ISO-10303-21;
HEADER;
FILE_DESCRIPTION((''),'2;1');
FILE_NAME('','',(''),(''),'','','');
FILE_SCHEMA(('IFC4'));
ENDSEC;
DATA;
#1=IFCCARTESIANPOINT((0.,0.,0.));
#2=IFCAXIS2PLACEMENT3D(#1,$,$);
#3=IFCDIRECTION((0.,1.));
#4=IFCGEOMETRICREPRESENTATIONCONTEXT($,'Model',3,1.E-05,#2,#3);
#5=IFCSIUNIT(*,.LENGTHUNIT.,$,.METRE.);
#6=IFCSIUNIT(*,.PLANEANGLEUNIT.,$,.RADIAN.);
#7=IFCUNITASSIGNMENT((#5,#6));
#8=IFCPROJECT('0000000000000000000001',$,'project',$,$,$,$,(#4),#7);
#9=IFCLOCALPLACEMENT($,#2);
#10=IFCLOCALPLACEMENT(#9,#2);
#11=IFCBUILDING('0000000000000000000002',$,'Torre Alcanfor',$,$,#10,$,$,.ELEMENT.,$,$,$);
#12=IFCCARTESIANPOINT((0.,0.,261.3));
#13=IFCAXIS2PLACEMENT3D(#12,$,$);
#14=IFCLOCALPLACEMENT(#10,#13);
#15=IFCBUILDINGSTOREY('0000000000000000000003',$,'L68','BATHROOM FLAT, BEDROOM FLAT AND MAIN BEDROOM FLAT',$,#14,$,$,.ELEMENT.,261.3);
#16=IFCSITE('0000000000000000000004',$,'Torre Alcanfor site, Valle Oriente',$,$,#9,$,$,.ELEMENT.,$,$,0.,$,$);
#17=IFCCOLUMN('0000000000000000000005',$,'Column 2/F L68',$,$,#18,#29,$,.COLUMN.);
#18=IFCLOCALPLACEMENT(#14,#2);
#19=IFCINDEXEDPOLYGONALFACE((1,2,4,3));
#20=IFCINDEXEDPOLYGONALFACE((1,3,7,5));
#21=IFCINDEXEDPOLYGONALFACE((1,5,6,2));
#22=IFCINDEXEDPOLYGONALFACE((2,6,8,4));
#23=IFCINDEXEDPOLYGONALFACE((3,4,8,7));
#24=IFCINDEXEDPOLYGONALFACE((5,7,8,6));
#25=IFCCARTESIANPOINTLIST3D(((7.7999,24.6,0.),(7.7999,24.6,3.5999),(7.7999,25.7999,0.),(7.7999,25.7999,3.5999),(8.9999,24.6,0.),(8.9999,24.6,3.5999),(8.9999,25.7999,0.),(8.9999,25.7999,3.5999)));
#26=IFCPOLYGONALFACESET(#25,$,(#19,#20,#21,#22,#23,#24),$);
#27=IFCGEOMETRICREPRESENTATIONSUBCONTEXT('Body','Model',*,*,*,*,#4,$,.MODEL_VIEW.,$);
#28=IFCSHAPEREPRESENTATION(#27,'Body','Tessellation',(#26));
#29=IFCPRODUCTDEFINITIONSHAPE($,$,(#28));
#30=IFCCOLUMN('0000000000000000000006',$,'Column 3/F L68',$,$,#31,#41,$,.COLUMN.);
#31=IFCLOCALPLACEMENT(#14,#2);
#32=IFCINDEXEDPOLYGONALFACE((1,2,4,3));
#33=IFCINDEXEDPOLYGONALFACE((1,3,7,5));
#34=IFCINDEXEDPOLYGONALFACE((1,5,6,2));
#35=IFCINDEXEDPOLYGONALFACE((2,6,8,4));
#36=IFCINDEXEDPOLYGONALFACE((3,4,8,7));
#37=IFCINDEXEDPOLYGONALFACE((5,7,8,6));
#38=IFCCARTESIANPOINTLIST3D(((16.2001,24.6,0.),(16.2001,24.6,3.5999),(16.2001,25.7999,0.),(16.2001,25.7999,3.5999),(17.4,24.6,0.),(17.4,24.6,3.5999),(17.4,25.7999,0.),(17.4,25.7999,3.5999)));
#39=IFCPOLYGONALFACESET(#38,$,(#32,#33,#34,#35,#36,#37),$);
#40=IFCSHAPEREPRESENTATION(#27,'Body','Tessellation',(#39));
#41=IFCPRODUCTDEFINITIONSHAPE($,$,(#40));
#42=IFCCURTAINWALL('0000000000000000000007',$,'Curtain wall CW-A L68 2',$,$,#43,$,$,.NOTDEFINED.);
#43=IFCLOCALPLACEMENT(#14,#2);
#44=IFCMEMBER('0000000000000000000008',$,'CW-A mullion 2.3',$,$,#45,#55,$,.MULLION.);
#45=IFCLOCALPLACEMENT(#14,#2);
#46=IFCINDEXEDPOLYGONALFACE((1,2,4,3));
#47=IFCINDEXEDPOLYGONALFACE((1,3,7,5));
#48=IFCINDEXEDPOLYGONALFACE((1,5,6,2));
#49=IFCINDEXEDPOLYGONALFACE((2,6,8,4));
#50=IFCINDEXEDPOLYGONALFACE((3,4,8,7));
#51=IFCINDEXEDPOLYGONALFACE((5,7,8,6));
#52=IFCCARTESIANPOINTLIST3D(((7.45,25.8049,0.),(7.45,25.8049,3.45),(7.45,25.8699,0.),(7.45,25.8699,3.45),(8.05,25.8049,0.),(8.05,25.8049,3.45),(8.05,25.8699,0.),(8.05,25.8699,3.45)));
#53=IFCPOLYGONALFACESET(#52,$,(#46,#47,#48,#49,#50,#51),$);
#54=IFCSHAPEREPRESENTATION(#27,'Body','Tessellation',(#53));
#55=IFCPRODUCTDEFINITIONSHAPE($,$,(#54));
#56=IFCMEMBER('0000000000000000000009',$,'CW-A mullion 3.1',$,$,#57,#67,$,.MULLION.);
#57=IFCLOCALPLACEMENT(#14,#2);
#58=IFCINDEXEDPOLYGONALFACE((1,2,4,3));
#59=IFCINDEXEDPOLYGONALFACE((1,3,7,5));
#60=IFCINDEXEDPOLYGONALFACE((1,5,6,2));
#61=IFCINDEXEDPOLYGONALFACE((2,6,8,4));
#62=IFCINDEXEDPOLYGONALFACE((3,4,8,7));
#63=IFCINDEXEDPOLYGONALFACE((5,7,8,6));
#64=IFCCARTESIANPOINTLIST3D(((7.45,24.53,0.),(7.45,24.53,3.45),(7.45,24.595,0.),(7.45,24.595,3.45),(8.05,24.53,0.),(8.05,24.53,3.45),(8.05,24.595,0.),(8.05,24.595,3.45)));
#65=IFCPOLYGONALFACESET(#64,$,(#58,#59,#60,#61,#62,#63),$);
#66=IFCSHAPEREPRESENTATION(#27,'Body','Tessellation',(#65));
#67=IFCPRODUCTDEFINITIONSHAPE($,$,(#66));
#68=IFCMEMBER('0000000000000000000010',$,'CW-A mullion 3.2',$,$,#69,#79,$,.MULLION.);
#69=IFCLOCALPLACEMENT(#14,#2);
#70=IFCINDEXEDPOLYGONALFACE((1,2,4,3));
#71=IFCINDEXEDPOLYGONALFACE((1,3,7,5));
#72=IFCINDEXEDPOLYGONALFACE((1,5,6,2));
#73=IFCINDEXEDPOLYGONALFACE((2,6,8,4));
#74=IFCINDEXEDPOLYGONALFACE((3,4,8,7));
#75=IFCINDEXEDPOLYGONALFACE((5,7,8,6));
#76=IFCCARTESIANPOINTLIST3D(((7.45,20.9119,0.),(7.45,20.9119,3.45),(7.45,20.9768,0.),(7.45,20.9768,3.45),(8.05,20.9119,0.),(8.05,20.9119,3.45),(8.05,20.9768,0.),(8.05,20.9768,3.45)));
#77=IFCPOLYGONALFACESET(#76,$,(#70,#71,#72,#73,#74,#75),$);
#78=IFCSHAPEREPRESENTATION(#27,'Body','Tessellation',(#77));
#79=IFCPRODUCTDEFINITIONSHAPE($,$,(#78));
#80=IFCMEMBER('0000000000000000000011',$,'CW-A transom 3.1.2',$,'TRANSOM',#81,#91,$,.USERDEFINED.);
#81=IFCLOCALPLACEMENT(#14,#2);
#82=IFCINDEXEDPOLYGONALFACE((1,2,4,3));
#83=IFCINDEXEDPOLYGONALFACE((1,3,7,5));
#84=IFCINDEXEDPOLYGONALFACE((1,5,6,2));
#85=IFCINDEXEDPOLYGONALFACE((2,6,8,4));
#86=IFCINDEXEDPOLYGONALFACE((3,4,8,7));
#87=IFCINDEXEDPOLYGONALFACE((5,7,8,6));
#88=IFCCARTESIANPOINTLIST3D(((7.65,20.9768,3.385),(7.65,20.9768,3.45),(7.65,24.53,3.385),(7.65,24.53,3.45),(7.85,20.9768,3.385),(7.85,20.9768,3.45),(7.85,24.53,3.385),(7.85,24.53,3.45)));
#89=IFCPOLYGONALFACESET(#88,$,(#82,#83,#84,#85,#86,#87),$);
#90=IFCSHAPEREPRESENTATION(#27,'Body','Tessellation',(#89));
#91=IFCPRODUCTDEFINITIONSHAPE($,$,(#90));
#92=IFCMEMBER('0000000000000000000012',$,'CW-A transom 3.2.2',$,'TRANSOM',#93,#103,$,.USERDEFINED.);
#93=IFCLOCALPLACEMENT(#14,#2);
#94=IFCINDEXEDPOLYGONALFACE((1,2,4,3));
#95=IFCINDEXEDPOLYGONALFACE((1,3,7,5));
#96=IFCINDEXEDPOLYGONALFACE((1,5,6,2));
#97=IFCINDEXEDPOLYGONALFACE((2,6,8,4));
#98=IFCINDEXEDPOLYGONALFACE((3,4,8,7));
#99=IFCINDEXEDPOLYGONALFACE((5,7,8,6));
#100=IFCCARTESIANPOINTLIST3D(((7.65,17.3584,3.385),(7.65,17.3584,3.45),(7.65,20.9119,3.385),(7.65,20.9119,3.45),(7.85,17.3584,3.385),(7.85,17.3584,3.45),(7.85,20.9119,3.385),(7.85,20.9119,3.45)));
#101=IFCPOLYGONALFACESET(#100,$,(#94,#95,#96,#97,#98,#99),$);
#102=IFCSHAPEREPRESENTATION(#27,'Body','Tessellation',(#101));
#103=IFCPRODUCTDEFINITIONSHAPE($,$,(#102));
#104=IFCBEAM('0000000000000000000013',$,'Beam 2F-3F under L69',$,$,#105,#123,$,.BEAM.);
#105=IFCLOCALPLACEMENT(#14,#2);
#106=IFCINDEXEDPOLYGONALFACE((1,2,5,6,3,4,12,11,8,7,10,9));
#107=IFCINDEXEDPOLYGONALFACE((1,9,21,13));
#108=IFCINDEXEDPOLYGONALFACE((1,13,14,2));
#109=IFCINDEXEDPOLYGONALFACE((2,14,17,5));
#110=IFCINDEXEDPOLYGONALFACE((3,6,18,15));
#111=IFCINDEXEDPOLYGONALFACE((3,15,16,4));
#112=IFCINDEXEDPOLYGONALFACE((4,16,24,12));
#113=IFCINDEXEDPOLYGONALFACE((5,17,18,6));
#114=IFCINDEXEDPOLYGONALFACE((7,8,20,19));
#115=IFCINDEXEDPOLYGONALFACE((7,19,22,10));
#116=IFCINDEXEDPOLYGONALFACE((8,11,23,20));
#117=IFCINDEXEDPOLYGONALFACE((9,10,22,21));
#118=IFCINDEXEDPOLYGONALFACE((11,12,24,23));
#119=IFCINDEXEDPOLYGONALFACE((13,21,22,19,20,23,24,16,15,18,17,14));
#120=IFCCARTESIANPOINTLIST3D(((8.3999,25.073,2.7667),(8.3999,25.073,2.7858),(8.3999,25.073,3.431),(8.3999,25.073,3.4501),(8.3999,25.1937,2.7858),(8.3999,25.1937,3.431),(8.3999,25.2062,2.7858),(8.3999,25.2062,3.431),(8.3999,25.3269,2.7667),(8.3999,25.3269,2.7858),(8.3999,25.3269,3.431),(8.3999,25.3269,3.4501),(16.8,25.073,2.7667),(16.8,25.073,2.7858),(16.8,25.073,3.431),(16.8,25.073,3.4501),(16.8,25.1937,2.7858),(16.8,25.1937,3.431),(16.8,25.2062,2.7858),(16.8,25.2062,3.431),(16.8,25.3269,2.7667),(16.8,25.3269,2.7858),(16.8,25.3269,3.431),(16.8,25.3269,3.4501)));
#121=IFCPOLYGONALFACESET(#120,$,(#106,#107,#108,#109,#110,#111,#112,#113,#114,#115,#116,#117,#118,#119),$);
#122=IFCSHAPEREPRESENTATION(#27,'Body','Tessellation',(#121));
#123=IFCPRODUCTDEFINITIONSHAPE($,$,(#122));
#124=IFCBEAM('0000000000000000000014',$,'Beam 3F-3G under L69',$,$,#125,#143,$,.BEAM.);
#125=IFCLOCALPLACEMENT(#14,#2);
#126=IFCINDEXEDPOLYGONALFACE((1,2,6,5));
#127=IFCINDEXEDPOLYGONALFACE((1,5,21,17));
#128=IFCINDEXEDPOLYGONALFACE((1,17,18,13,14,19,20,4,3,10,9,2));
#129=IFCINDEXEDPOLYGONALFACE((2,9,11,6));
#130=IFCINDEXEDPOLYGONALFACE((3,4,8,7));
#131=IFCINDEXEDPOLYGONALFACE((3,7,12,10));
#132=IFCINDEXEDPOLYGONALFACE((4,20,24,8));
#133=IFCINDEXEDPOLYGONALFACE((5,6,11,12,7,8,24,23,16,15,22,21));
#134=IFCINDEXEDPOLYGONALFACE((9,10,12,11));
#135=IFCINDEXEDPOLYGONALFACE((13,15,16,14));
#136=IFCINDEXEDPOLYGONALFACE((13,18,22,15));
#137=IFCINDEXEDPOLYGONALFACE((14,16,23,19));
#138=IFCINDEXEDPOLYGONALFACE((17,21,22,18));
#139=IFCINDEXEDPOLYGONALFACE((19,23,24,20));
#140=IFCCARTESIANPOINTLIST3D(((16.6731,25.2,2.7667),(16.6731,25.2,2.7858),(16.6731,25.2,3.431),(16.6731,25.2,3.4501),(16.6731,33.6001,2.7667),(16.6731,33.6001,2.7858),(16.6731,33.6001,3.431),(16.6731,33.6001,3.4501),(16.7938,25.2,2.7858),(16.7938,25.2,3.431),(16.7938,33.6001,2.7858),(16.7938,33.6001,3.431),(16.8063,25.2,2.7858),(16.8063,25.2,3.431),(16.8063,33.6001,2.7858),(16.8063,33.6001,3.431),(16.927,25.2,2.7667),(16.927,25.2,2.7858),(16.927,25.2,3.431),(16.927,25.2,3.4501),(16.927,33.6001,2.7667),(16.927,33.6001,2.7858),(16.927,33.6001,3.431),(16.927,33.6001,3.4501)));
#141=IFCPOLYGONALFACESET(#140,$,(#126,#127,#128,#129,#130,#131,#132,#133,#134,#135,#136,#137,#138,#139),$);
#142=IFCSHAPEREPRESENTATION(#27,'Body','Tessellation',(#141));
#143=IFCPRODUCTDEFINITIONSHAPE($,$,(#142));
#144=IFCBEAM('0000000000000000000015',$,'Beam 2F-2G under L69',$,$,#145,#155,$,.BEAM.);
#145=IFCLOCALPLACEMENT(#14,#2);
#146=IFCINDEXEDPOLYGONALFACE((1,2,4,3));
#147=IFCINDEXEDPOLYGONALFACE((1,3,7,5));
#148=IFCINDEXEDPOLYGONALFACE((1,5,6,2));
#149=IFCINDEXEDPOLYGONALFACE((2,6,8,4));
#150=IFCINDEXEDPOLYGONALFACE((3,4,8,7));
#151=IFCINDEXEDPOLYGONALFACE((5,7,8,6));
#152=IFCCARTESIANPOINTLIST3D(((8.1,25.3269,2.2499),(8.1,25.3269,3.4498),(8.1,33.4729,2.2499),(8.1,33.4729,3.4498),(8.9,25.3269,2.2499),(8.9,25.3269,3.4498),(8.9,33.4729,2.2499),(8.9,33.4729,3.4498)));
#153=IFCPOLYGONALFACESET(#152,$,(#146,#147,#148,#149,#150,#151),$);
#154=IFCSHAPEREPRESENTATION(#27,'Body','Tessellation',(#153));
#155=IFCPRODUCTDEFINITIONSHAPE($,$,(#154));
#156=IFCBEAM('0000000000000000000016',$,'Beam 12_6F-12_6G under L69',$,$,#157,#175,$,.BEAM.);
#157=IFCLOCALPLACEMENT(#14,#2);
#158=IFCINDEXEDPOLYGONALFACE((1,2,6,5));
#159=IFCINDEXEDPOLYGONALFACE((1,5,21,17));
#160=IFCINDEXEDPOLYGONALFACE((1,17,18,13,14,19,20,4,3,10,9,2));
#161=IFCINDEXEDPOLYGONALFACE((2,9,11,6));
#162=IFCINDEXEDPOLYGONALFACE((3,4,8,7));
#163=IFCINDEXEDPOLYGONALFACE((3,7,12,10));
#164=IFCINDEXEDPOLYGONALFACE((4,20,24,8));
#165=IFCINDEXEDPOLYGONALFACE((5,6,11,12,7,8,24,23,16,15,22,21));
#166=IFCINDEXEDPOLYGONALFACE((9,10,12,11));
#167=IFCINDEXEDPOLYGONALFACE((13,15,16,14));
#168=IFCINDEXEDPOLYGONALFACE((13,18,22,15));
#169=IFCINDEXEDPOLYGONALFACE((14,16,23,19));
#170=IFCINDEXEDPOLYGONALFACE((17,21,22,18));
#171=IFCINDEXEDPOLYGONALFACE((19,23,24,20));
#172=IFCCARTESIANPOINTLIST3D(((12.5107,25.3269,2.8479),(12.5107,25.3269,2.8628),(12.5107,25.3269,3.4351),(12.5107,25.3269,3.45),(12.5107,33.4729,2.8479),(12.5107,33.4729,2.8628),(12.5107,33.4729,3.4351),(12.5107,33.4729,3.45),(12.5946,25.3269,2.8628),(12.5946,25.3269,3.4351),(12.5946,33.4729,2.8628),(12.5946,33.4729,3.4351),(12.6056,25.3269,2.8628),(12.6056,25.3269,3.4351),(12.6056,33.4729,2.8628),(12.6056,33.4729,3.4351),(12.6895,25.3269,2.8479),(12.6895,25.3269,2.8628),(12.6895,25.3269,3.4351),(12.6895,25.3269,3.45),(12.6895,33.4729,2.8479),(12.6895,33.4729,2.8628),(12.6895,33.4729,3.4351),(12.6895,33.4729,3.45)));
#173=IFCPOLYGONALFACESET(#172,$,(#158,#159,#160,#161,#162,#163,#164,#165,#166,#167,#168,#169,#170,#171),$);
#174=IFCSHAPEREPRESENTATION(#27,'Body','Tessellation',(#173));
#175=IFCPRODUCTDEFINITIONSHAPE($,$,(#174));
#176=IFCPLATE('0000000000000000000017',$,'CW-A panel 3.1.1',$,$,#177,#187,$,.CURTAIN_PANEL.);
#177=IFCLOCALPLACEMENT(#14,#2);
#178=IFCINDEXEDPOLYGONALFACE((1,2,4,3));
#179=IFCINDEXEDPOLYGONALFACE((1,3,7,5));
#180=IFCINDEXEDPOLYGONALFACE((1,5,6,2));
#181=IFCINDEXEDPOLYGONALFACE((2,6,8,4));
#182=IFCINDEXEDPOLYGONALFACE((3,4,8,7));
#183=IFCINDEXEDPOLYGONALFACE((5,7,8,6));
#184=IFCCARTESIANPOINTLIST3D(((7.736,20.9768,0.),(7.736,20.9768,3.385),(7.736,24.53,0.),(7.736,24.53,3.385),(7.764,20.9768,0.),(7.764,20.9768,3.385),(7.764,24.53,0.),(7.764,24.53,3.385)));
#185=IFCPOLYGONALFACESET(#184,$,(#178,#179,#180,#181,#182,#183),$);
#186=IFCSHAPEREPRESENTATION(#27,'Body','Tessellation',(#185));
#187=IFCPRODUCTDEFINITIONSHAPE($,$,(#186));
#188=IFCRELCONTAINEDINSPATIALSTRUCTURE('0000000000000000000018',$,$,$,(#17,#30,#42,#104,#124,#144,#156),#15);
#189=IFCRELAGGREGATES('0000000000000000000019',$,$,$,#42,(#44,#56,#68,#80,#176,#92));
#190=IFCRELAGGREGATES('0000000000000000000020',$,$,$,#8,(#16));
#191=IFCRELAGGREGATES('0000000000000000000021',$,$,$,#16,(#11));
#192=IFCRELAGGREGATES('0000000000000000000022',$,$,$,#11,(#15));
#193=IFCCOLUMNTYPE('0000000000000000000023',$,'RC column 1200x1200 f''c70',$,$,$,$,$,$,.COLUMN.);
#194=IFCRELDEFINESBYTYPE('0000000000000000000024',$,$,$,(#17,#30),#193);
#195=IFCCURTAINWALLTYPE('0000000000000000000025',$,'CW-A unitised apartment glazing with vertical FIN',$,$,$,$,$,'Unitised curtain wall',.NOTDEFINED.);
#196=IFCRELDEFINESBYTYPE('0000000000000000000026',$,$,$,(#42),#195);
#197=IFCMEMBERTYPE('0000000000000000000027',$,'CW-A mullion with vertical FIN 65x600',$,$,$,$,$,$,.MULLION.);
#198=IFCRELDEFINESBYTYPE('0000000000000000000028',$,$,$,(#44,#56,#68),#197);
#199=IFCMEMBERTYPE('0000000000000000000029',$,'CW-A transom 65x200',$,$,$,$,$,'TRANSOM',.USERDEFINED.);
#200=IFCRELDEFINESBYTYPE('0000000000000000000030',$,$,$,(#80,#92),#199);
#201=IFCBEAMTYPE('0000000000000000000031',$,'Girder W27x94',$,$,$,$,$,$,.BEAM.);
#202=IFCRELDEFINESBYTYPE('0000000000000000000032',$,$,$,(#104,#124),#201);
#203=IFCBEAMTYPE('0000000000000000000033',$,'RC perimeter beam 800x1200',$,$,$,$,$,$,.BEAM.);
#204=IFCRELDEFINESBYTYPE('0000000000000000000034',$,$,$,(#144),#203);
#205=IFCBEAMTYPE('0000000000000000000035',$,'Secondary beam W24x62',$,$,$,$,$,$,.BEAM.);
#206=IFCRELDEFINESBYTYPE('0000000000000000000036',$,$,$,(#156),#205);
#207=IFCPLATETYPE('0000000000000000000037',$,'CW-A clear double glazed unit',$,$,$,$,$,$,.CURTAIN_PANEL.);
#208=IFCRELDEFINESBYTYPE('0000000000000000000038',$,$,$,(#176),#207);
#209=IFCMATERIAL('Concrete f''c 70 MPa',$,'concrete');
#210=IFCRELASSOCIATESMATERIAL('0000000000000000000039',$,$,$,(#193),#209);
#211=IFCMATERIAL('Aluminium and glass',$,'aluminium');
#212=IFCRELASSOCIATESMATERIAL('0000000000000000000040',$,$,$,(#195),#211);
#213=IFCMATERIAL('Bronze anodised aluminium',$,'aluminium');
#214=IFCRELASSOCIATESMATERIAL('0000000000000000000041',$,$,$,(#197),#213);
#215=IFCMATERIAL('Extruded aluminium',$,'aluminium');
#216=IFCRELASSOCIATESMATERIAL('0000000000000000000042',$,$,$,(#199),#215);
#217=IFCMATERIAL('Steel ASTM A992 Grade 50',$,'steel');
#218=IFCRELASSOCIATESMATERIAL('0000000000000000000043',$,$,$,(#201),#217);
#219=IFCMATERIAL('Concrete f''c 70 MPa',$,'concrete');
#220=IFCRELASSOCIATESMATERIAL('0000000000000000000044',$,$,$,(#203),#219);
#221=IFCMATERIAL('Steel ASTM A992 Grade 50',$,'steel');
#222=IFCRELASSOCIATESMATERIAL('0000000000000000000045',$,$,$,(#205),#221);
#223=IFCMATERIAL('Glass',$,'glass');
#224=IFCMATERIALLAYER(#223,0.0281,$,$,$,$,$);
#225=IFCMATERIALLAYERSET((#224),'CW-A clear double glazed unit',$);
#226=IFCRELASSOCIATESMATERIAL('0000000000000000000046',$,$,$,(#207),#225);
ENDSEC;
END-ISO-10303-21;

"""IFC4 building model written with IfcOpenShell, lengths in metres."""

from ifc_helpers import new_model, si_unit, direction, frame, origin, origin_2d, place, context, subcontext, project, spatial, rectangle, i_section, extrude, material, layer, layer_set, material_profile, profile_set, type_object, element, aggregate, save


model = new_model("IFC4")

# Units and contexts
model_context = context("Model", 3, precision=1e-05, world=origin(), true_north=direction((0.0, 1.0)))
body_context = subcontext(model_context, "Body", "Model", "MODEL_VIEW")
ifc_project = project(units=[si_unit("LENGTHUNIT", "METRE"), si_unit("PLANEANGLEUNIT", "RADIAN")], contexts=[model_context])

# Site, building, storey
site_placement = place(None, origin())
site = spatial("IfcSite", under=ifc_project, at=site_placement, Name="Torre Alcanfor site, Valle Oriente", CompositionType="ELEMENT", RefElevation=0.0)
building_placement = place(site_placement, origin())
building = spatial("IfcBuilding", under=site, at=building_placement, Name="Torre Alcanfor", CompositionType="ELEMENT")
storey_placement = place(building_placement, frame((0.0, 0.0, 261.3)))
storey = spatial("IfcBuildingStorey", under=building, at=storey_placement, Name="L68", Description="BATHROOM FLAT, BEDROOM FLAT AND MAIN BEDROOM FLAT", CompositionType="ELEMENT", Elevation=261.3)

# Columns
ifc_material_1 = material(Name="Concrete f'c 70 MPa", Category="concrete")
ifc_material_profile_1 = material_profile(ifc_material_1, rectangle(XDim=1.2, YDim=1.2, at=origin_2d()), Name="1200x1200")
ifc_profile_set_1 = profile_set([ifc_material_profile_1], Name="Concrete f'c 70 MPa")
column_type = type_object("IfcColumnType", Name="RC column 1200x1200 f'c70", PredefinedType="COLUMN", material=ifc_profile_set_1)
for number, where, z_axis, x_axis, name in (
    (1, (8.3999, 25.2, 0.0), (0.0, 0.0, 1.0), (1.0, 0.0, 0.0), "Column 2/F L68"),
    (2, (16.8, 25.2, 0.0), (0.0, 0.0, 1.0), (1.0, 0.0, 0.0), "Column 3/F L68"),
):
    element("IfcColumn", number, at=place(storey_placement, frame(where, z_axis=z_axis, x_axis=x_axis)), inside=storey, type_object=column_type, Name=name, PredefinedType="COLUMN", context=body_context, shape_type="SweptSolid", body=[
        extrude(rectangle(XDim=1.2, YDim=1.2, at=origin_2d()), origin(), (0.0, 0.0, 1.0), 3.5999),
    ])

# Curtain wall, members
ifc_material_2 = material(Name="Aluminium and glass", Category="aluminium")
curtain_wall_type = type_object("IfcCurtainWallType", Name="CW-A unitised apartment glazing with vertical FIN", ElementType="Unitised curtain wall", PredefinedType="NOTDEFINED", material=ifc_material_2)
curtain_wall_placement = place(storey_placement, origin())
curtain_wall = element("IfcCurtainWall", 3, at=curtain_wall_placement, inside=storey, type_object=curtain_wall_type, Name="Curtain wall CW-A L68 2", PredefinedType="NOTDEFINED")
ifc_material_3 = material(Name="Bronze anodised aluminium", Category="aluminium")
ifc_material_profile_2 = material_profile(ifc_material_3, rectangle(XDim=0.6001, YDim=0.0649, at=origin_2d()), Name="CW-A mullion 65x600")
ifc_profile_set_2 = profile_set([ifc_material_profile_2], Name="Bronze anodised aluminium")
member_type_1 = type_object("IfcMemberType", Name="CW-A mullion with vertical FIN 65x600", PredefinedType="MULLION", material=ifc_profile_set_2)
member_1_placement = place(storey_placement, frame((7.75, 25.8374, 0.0), z_axis=(0.0, 0.0, 1.0), x_axis=(1.0, 0.0, 0.0)))
member_1 = element("IfcMember", 4, at=member_1_placement, type_object=member_type_1, Name="CW-A mullion 2.3", PredefinedType="MULLION", context=body_context, shape_type="SweptSolid", body=[
    extrude(rectangle(XDim=0.6001, YDim=0.0649, at=origin_2d()), origin(), (0.0, 0.0, 1.0), 3.45),
])
member_2_placement = place(storey_placement, frame((7.75, 24.5625, 0.0), z_axis=(0.0, 0.0, 1.0), x_axis=(1.0, 0.0, 0.0)))
member_2 = element("IfcMember", 5, at=member_2_placement, type_object=member_type_1, Name="CW-A mullion 3.1", PredefinedType="MULLION", context=body_context, shape_type="SweptSolid", body=[
    extrude(rectangle(XDim=0.6001, YDim=0.0649, at=origin_2d()), origin(), (0.0, 0.0, 1.0), 3.45),
])
member_3_placement = place(storey_placement, frame((7.75, 20.9443, 0.0), z_axis=(0.0, 0.0, 1.0), x_axis=(1.0, 0.0, 0.0)))
member_3 = element("IfcMember", 6, at=member_3_placement, type_object=member_type_1, Name="CW-A mullion 3.2", PredefinedType="MULLION", context=body_context, shape_type="SweptSolid", body=[
    extrude(rectangle(XDim=0.6001, YDim=0.0649, at=origin_2d()), origin(), (0.0, 0.0, 1.0), 3.45),
])
ifc_material_4 = material(Name="Extruded aluminium", Category="aluminium")
ifc_material_profile_3 = material_profile(ifc_material_4, rectangle(XDim=0.2, YDim=0.0649, at=origin_2d()), Name="CW-A transom 200x65")
ifc_profile_set_3 = profile_set([ifc_material_profile_3], Name="Extruded aluminium")
member_type_2 = type_object("IfcMemberType", Name="CW-A transom 65x200", ElementType="TRANSOM", PredefinedType="USERDEFINED", material=ifc_profile_set_3)
member_4_placement = place(storey_placement, frame((7.75, 24.53, 3.4175), z_axis=(0.0, -1.0, 0.0), x_axis=(1.0, 0.0, 0.0)))
member_4 = element("IfcMember", 7, at=member_4_placement, type_object=member_type_2, Name="CW-A transom 3.1.2", ObjectType="TRANSOM", PredefinedType="USERDEFINED", context=body_context, shape_type="SweptSolid", body=[
    extrude(rectangle(XDim=0.2, YDim=0.0649, at=origin_2d()), origin(), (0.0, 0.0, 1.0), 3.5532),
])
member_5_placement = place(storey_placement, frame((7.75, 20.9119, 3.4175), z_axis=(0.0, -1.0, 0.0), x_axis=(1.0, 0.0, 0.0)))
member_5 = element("IfcMember", 8, at=member_5_placement, type_object=member_type_2, Name="CW-A transom 3.2.2", ObjectType="TRANSOM", PredefinedType="USERDEFINED", context=body_context, shape_type="SweptSolid", body=[
    extrude(rectangle(XDim=0.2, YDim=0.0649, at=origin_2d()), origin(), (0.0, 0.0, 1.0), 3.5535),
])

# Beams
ifc_material_5 = material(Name="Steel ASTM A992 Grade 50", Category="steel")
ifc_material_profile_4 = material_profile(ifc_material_5, i_section(OverallWidth=0.2539, OverallDepth=0.6833, WebThickness=0.0125, FlangeThickness=0.019, at=origin_2d()), Name="W27x94")
ifc_profile_set_4 = profile_set([ifc_material_profile_4], Name="Steel ASTM A992 Grade 50")
beam_type_1 = type_object("IfcBeamType", Name="Girder W27x94", PredefinedType="BEAM", material=ifc_profile_set_4)
for number, where, z_axis, x_axis, name in (
    (9, (8.3999, 25.2, 3.1084), (1.0, 0.0, 0.0), (0.0, 1.0, 0.0), "Beam 2F-3F under L69"),
    (10, (16.8, 25.2, 3.1084), (0.0, 1.0, 0.0), (-1.0, 0.0, 0.0), "Beam 3F-3G under L69"),
):
    element("IfcBeam", number, at=place(storey_placement, frame(where, z_axis=z_axis, x_axis=x_axis)), inside=storey, type_object=beam_type_1, Name=name, PredefinedType="BEAM", context=body_context, shape_type="SweptSolid", body=[
        extrude(i_section(OverallWidth=0.2539, OverallDepth=0.6833, WebThickness=0.0125, FlangeThickness=0.019, at=origin_2d()), origin(), (0.0, 0.0, 1.0), 8.4001),
    ])
ifc_material_6 = material(Name="Concrete f'c 70 MPa", Category="concrete")
ifc_material_profile_5 = material_profile(ifc_material_6, rectangle(XDim=0.8, YDim=1.2, at=origin_2d()), Name="800x1200")
ifc_profile_set_5 = profile_set([ifc_material_profile_5], Name="Concrete f'c 70 MPa")
beam_type_2 = type_object("IfcBeamType", Name="RC perimeter beam 800x1200", PredefinedType="BEAM", material=ifc_profile_set_5)
beam_1_placement = place(storey_placement, frame((8.5, 25.3269, 2.8499), z_axis=(0.0, 1.0, 0.0), x_axis=(-1.0, 0.0, 0.0)))
element("IfcBeam", 11, at=beam_1_placement, inside=storey, type_object=beam_type_2, Name="Beam 2F-2G under L69", PredefinedType="BEAM", context=body_context, shape_type="SweptSolid", body=[
    extrude(rectangle(XDim=0.8, YDim=1.2, at=origin_2d()), origin(), (0.0, 0.0, 1.0), 8.146),
])
ifc_material_7 = material(Name="Steel ASTM A992 Grade 50", Category="steel")
ifc_material_profile_6 = material_profile(ifc_material_7, i_section(OverallWidth=0.1787, OverallDepth=0.6021, WebThickness=0.011, FlangeThickness=0.0149, at=origin_2d()), Name="W24x62")
ifc_profile_set_6 = profile_set([ifc_material_profile_6], Name="Steel ASTM A992 Grade 50")
beam_type_3 = type_object("IfcBeamType", Name="Secondary beam W24x62", PredefinedType="BEAM", material=ifc_profile_set_6)
beam_2_placement = place(storey_placement, frame((12.6001, 25.3269, 3.1489), z_axis=(0.0, 1.0, 0.0), x_axis=(-1.0, 0.0, 0.0)))
element("IfcBeam", 12, at=beam_2_placement, inside=storey, type_object=beam_type_3, Name="Beam 12_6F-12_6G under L69", PredefinedType="BEAM", context=body_context, shape_type="SweptSolid", body=[
    extrude(i_section(OverallWidth=0.1787, OverallDepth=0.6021, WebThickness=0.011, FlangeThickness=0.0149, at=origin_2d()), origin(), (0.0, 0.0, 1.0), 8.146),
])

# Plate
ifc_material_8 = material(Name="Glass", Category="glass")
ifc_layer_1 = layer(ifc_material_8, 0.0281)
ifc_layer_set_1 = layer_set([ifc_layer_1], Name="CW-A clear double glazed unit")
plate_type = type_object("IfcPlateType", Name="CW-A clear double glazed unit", PredefinedType="CURTAIN_PANEL", material=ifc_layer_set_1)
plate_1_placement = place(storey_placement, frame((7.75, 22.7534, 0.0), z_axis=(0.0, 0.0, 1.0), x_axis=(0.0, -1.0, 0.0)))
plate_1 = element("IfcPlate", 13, at=plate_1_placement, type_object=plate_type, Name="CW-A panel 3.1.1", PredefinedType="CURTAIN_PANEL", context=body_context, shape_type="SweptSolid", body=[
    extrude(rectangle(XDim=3.5532, YDim=0.0281, at=origin_2d()), origin(), (0.0, 0.0, 1.0), 3.385),
])
aggregate(curtain_wall, [member_1, member_2, member_3, member_4, plate_1, member_5])

save(model, "model.ifc")
